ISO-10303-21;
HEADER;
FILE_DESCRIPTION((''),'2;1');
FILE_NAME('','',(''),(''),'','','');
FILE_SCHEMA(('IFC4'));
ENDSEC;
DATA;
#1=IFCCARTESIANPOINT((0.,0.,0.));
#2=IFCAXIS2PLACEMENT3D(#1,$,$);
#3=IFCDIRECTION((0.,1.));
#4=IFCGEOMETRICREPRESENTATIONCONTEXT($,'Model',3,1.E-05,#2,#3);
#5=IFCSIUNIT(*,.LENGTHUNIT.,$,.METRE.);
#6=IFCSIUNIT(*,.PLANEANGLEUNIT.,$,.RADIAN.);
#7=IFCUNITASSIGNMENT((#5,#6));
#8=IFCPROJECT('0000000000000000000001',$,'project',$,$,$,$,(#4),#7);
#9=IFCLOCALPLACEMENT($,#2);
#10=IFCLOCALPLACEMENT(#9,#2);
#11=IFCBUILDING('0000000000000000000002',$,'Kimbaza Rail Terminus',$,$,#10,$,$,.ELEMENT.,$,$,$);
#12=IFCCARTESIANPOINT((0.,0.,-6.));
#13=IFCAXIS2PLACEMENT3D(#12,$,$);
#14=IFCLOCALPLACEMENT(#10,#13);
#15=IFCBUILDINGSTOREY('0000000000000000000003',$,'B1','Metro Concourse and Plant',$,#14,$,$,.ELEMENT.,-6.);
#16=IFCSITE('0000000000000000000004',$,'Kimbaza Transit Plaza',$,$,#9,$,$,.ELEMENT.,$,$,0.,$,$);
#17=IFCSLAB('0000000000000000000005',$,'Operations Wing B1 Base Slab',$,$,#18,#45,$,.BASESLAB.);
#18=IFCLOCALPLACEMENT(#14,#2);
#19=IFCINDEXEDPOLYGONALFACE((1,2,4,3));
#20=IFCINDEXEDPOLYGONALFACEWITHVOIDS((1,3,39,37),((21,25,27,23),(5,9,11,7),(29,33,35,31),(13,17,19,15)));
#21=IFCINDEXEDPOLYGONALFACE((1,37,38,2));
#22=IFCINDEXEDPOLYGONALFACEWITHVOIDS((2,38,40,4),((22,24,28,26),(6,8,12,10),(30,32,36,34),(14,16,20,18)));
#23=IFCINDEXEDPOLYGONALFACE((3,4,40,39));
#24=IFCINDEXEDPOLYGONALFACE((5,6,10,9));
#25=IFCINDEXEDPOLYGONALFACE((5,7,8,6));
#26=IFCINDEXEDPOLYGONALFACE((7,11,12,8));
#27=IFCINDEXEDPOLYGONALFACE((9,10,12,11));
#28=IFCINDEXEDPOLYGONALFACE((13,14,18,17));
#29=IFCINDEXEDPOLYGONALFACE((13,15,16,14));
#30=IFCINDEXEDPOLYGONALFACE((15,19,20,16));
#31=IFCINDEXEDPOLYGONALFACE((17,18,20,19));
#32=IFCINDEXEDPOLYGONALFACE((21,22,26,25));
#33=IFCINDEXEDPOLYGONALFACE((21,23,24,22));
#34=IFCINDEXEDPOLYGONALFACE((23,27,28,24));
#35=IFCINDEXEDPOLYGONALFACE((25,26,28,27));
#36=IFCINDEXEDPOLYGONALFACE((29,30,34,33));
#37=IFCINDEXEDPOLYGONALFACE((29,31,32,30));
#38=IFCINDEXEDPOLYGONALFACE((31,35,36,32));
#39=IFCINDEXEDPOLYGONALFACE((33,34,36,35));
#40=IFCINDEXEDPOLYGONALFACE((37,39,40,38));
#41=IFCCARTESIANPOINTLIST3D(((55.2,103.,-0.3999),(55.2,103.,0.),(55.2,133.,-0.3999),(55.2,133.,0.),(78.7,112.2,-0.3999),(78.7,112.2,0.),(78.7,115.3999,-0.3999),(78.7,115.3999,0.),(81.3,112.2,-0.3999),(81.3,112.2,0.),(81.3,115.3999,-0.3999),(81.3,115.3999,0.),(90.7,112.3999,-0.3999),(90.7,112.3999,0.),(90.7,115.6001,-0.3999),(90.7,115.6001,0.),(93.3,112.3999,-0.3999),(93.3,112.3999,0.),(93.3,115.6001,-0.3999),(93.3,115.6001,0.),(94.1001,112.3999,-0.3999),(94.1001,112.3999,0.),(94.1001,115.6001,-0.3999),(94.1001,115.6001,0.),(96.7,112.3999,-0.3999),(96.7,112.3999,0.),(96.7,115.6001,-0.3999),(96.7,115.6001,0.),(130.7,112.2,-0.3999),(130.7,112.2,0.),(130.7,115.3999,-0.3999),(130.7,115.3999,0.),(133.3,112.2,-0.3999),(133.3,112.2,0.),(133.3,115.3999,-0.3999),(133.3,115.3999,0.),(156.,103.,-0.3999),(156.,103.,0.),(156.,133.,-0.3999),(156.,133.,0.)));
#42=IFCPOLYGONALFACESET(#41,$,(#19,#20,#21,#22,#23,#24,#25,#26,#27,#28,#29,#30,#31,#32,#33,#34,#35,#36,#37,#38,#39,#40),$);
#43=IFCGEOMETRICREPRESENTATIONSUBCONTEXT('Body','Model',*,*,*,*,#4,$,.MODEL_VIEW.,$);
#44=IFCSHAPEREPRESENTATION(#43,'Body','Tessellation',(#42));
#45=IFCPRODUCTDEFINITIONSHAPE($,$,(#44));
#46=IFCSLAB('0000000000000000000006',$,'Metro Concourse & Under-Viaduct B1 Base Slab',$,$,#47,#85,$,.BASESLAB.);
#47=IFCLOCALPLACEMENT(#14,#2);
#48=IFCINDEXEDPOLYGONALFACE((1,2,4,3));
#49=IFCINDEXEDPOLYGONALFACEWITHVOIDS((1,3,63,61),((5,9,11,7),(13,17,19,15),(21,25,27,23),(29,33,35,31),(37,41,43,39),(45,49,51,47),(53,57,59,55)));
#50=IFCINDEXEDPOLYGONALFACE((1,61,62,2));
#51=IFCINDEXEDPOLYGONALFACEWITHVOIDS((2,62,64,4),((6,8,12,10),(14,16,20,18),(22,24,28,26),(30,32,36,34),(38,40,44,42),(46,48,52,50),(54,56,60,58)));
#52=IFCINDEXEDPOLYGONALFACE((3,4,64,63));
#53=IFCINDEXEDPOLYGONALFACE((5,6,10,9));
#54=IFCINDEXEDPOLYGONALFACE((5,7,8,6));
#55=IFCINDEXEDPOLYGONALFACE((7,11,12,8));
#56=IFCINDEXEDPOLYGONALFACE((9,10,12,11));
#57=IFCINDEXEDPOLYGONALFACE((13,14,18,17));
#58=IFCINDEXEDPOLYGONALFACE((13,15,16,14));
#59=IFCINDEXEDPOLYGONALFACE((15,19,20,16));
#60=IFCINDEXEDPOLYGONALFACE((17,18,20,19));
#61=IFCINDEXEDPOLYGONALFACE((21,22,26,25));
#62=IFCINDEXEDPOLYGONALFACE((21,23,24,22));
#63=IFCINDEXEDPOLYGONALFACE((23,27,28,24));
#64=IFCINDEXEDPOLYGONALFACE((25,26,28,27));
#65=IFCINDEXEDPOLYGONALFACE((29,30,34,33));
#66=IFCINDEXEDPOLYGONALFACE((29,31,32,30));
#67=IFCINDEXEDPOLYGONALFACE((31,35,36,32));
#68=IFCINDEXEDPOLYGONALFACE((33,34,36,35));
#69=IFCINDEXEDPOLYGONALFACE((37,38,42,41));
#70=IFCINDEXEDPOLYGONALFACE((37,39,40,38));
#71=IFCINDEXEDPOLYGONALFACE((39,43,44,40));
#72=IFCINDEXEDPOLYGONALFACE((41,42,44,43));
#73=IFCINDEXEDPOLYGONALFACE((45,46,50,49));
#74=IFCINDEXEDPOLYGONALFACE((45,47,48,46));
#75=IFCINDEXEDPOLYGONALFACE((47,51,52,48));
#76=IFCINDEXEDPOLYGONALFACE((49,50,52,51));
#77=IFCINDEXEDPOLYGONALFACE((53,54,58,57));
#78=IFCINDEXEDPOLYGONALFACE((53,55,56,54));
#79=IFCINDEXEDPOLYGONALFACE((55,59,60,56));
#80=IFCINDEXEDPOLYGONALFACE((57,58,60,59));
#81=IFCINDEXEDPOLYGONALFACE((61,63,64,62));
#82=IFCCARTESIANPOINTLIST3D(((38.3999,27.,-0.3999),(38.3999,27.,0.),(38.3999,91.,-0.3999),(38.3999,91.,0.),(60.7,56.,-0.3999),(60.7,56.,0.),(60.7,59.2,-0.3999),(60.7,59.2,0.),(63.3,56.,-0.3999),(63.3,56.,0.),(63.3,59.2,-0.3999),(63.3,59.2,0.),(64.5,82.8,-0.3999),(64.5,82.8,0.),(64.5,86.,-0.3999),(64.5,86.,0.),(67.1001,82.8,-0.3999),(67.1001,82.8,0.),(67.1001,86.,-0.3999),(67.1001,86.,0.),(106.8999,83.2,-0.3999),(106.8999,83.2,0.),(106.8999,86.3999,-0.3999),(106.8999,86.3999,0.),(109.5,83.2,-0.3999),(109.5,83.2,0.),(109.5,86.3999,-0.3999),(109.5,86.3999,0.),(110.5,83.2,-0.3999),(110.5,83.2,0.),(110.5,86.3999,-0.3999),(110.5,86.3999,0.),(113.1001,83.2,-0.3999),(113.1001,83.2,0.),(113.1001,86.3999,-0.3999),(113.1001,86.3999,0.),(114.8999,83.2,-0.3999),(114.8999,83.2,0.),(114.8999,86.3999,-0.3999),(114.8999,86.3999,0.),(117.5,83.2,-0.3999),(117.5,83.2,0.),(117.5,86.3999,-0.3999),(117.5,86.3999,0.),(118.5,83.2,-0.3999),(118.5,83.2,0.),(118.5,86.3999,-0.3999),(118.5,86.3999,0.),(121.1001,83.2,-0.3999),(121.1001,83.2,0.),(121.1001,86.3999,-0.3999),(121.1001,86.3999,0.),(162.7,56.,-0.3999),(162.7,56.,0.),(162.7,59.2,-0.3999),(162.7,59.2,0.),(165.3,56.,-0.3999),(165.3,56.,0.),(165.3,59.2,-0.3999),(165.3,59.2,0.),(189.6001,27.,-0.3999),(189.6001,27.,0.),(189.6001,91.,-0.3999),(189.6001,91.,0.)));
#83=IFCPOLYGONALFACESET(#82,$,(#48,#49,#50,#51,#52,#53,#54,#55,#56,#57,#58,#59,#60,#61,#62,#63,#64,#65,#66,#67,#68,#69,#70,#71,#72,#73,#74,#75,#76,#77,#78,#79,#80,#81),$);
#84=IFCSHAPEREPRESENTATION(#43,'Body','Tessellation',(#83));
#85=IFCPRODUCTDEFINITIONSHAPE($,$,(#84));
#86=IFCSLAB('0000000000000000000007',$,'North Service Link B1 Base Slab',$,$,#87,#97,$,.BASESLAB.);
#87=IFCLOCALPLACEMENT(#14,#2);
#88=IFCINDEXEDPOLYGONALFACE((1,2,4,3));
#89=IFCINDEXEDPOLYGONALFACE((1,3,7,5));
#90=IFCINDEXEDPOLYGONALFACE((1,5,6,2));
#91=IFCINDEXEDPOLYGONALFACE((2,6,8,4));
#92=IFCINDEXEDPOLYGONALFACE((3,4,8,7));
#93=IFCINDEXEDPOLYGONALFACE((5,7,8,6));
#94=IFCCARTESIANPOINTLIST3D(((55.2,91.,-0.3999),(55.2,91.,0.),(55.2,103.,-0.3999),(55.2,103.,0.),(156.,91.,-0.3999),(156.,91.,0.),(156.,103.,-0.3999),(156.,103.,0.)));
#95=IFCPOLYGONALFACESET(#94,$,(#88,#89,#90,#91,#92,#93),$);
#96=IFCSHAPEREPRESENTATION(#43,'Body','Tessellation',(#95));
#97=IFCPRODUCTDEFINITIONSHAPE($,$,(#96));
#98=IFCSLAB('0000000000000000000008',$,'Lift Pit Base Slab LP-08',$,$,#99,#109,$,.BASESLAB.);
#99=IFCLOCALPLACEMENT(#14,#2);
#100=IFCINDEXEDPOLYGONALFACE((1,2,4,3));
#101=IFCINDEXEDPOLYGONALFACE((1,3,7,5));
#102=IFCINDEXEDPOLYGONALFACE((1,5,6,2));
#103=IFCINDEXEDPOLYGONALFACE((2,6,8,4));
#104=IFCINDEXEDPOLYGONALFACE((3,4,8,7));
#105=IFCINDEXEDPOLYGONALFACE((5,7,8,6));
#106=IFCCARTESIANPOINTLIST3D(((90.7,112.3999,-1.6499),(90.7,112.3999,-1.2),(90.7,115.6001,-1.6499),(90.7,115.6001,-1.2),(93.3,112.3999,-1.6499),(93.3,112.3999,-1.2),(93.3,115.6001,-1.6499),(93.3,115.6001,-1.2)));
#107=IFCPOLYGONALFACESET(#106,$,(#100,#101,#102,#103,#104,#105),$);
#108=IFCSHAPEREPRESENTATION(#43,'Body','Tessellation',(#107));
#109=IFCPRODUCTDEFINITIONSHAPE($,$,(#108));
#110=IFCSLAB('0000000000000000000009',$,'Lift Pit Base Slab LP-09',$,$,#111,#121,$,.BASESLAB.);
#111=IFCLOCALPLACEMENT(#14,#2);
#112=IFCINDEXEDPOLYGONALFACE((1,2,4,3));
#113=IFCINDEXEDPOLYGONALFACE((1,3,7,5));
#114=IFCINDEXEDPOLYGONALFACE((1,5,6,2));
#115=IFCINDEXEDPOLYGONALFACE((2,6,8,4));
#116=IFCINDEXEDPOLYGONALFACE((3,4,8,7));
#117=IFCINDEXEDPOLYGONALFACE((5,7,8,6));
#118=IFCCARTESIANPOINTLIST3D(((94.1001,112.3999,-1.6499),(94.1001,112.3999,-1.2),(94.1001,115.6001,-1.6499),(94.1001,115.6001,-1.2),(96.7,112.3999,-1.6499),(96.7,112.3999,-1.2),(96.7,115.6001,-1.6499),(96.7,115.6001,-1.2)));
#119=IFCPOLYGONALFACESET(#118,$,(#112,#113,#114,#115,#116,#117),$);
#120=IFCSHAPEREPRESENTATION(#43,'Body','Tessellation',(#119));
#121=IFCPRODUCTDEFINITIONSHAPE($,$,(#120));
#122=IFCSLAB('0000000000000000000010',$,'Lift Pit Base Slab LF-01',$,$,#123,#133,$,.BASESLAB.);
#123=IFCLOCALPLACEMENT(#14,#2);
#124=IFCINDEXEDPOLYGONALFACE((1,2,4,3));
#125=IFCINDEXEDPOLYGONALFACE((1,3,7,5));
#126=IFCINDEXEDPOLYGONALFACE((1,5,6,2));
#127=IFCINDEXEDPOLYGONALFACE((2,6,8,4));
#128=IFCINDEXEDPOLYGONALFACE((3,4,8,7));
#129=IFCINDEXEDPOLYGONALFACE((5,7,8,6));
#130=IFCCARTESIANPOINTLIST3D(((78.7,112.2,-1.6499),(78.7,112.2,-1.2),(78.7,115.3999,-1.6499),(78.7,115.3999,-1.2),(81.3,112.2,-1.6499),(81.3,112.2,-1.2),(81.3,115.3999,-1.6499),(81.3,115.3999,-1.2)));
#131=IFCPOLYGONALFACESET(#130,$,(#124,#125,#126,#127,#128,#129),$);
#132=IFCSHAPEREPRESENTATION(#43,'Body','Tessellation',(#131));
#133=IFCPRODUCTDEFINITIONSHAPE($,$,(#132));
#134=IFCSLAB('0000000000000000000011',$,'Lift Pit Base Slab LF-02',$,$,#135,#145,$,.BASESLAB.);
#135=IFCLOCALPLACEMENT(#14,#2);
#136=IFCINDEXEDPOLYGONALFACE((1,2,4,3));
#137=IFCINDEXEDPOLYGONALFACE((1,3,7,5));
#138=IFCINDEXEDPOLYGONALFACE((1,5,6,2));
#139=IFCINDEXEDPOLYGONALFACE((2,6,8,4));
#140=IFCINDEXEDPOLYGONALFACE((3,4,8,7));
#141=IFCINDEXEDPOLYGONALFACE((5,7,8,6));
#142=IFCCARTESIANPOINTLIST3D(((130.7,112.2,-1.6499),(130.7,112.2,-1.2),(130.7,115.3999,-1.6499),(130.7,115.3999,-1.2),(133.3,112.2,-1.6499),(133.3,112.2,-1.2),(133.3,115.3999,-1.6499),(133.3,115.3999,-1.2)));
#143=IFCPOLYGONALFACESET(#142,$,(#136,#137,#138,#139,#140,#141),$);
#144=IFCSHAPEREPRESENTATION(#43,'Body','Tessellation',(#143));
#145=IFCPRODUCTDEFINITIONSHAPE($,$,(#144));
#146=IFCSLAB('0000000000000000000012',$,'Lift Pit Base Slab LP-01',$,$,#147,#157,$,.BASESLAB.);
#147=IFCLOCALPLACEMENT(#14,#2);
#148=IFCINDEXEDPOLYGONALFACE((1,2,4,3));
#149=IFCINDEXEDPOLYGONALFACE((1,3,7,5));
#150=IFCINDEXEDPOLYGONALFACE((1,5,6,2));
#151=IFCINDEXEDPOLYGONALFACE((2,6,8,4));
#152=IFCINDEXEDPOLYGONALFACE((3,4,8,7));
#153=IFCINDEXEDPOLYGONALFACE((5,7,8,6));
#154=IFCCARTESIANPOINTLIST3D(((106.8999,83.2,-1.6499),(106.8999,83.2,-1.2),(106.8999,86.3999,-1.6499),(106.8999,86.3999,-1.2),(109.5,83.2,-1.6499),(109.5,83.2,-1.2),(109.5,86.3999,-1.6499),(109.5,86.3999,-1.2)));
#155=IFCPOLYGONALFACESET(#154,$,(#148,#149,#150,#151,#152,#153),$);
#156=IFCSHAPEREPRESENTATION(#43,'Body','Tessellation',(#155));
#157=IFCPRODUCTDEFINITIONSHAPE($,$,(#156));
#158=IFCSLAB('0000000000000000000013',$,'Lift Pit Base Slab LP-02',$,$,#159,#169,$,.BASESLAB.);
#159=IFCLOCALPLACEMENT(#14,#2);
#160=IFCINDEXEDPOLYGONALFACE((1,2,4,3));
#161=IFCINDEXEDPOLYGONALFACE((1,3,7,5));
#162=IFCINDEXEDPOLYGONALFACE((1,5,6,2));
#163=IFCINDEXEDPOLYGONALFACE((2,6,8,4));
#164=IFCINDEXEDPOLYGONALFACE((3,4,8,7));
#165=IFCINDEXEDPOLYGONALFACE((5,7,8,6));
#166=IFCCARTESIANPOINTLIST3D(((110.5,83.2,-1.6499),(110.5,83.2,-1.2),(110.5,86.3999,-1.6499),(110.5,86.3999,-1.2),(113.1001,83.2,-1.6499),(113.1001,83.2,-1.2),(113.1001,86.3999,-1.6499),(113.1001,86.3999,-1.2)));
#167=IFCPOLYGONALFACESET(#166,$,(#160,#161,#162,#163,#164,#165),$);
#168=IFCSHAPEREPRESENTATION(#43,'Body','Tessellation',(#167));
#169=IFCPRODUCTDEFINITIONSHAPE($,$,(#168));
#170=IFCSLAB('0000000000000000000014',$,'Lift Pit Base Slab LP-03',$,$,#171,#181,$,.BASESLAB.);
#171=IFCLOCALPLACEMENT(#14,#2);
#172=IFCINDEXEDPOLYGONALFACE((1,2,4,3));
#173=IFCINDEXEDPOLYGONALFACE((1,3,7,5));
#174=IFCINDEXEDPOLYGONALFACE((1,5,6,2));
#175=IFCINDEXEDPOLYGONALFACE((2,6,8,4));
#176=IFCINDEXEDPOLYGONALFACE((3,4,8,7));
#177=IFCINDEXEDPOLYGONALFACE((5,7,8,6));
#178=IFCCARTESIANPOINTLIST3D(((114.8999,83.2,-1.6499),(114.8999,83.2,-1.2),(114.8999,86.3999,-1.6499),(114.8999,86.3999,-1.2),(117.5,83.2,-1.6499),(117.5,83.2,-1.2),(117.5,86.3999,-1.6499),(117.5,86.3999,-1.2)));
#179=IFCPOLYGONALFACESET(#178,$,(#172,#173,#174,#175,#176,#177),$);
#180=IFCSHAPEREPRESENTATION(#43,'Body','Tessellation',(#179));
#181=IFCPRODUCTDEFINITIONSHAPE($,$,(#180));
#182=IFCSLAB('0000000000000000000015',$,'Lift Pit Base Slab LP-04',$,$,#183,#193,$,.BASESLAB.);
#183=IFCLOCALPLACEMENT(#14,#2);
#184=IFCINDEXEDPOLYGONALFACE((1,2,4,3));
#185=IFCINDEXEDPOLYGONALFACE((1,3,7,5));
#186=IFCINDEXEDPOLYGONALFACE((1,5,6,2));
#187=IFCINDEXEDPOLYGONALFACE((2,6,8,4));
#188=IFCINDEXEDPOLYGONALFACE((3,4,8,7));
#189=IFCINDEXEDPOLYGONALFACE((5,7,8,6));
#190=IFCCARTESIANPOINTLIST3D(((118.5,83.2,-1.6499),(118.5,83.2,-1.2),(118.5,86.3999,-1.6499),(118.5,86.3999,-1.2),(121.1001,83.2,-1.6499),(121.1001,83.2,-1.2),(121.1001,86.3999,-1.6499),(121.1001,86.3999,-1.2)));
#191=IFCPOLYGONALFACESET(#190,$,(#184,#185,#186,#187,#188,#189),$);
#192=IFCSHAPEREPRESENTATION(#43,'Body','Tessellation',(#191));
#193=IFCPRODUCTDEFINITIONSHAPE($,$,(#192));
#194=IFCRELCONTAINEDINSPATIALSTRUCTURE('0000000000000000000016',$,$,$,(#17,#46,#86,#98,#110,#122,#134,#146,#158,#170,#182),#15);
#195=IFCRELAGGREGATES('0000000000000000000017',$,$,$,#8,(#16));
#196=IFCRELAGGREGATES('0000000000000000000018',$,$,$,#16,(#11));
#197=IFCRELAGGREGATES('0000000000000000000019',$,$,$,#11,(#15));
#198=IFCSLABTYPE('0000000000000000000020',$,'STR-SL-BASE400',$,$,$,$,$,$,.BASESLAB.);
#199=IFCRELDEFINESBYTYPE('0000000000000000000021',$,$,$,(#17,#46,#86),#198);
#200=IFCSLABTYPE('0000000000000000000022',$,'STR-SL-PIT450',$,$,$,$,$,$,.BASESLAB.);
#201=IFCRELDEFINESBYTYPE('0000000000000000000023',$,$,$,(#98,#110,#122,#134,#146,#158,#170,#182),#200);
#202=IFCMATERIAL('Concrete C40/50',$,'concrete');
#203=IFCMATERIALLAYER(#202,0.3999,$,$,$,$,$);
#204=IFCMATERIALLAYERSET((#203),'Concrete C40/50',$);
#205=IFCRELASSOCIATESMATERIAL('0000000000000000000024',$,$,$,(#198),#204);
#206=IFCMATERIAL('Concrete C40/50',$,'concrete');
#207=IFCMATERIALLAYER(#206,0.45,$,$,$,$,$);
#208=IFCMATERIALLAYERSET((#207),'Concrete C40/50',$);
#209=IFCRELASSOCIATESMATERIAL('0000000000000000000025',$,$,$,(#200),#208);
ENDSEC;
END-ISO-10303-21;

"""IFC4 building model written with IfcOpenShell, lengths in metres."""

from ifc_helpers import new_model, si_unit, direction, frame, origin, place, context, subcontext, project, spatial, polyline, outline, extrude, material, layer, layer_set, type_object, element, save


model = new_model("IFC4")

# Units and contexts
model_context = context("Model", 3, precision=1e-05, world=origin(), true_north=direction((0.0, 1.0)))
body_context = subcontext(model_context, "Body", "Model", "MODEL_VIEW")
ifc_project = project(units=[si_unit("LENGTHUNIT", "METRE"), si_unit("PLANEANGLEUNIT", "RADIAN")], contexts=[model_context])

# Site, building, storey
site_placement = place(None, origin())
site = spatial("IfcSite", under=ifc_project, at=site_placement, Name="Kimbaza Transit Plaza", CompositionType="ELEMENT", RefElevation=0.0)
building_placement = place(site_placement, origin())
building = spatial("IfcBuilding", under=site, at=building_placement, Name="Kimbaza Rail Terminus", CompositionType="ELEMENT")
storey_placement = place(building_placement, frame((0.0, 0.0, -6.0)))
storey = spatial("IfcBuildingStorey", under=building, at=storey_placement, Name="B1", Description="Metro Concourse and Plant", CompositionType="ELEMENT", Elevation=-6.0)

# Slabs
ifc_material_1 = material(Name="Concrete C40/50", Category="concrete")
ifc_layer_1 = layer(ifc_material_1, 0.3999)
ifc_layer_set_1 = layer_set([ifc_layer_1], Name="Concrete C40/50")
slab_type_1 = type_object("IfcSlabType", Name="STR-SL-BASE400", PredefinedType="BASESLAB", material=ifc_layer_set_1)
slab_1_placement = place(storey_placement, frame((0.0, 0.0, -0.3999)))
element("IfcSlab", 1, at=slab_1_placement, inside=storey, type_object=slab_type_1, Name="Operations Wing B1 Base Slab", PredefinedType="BASESLAB", context=body_context, shape_type="SweptSolid", body=[
    extrude(outline(polyline([(55.2, 103.0), (156.0, 103.0), (156.0, 133.0), (55.2, 133.0), (55.2, 103.0)]), holes=[polyline([(90.7, 112.3999), (93.3, 112.3999), (93.3, 115.6001), (90.7, 115.6001), (90.7, 112.3999)]), polyline([(94.1001, 112.3999), (96.7, 112.3999), (96.7, 115.6001), (94.1001, 115.6001), (94.1001, 112.3999)]), polyline([(78.7, 112.2), (81.3, 112.2), (81.3, 115.3999), (78.7, 115.3999), (78.7, 112.2)]), polyline([(130.7, 112.2), (133.3, 112.2), (133.3, 115.3999), (130.7, 115.3999), (130.7, 112.2)])]), origin(), (0.0, 0.0, 1.0), 0.3999),
])
slab_2_placement = place(storey_placement, frame((0.0, 0.0, -0.3999)))
element("IfcSlab", 2, at=slab_2_placement, inside=storey, type_object=slab_type_1, Name="Metro Concourse & Under-Viaduct B1 Base Slab", PredefinedType="BASESLAB", context=body_context, shape_type="SweptSolid", body=[
    extrude(outline(polyline([(38.3999, 27.0), (189.6001, 27.0), (189.6001, 91.0), (38.3999, 91.0), (38.3999, 27.0)]), holes=[polyline([(106.8999, 83.2), (109.5, 83.2), (109.5, 86.3999), (106.8999, 86.3999), (106.8999, 83.2)]), polyline([(110.5, 83.2), (113.1001, 83.2), (113.1001, 86.3999), (110.5, 86.3999), (110.5, 83.2)]), polyline([(114.8999, 83.2), (117.5, 83.2), (117.5, 86.3999), (114.8999, 86.3999), (114.8999, 83.2)]), polyline([(118.5, 83.2), (121.1001, 83.2), (121.1001, 86.3999), (118.5, 86.3999), (118.5, 83.2)]), polyline([(60.7, 56.0), (63.3, 56.0), (63.3, 59.2), (60.7, 59.2), (60.7, 56.0)]), polyline([(162.7, 56.0), (165.3, 56.0), (165.3, 59.2), (162.7, 59.2), (162.7, 56.0)]), polyline([(64.5, 82.8), (67.1001, 82.8), (67.1001, 86.0), (64.5, 86.0), (64.5, 82.8)])]), origin(), (0.0, 0.0, 1.0), 0.3999),
])
slab_3_placement = place(storey_placement, frame((0.0, 0.0, -0.3999)))
element("IfcSlab", 3, at=slab_3_placement, inside=storey, type_object=slab_type_1, Name="North Service Link B1 Base Slab", PredefinedType="BASESLAB", context=body_context, shape_type="SweptSolid", body=[
    extrude(outline(polyline([(55.2, 91.0), (156.0, 91.0), (156.0, 103.0), (55.2, 103.0), (55.2, 91.0)])), origin(), (0.0, 0.0, 1.0), 0.3999),
])
ifc_material_2 = material(Name="Concrete C40/50", Category="concrete")
ifc_layer_2 = layer(ifc_material_2, 0.45)
ifc_layer_set_2 = layer_set([ifc_layer_2], Name="Concrete C40/50")
slab_type_2 = type_object("IfcSlabType", Name="STR-SL-PIT450", PredefinedType="BASESLAB", material=ifc_layer_set_2)
slab_4_placement = place(storey_placement, frame((0.0, 0.0, -1.6499)))
element("IfcSlab", 4, at=slab_4_placement, inside=storey, type_object=slab_type_2, Name="Lift Pit Base Slab LP-08", PredefinedType="BASESLAB", context=body_context, shape_type="SweptSolid", body=[
    extrude(outline(polyline([(90.7, 112.3999), (93.3, 112.3999), (93.3, 115.6001), (90.7, 115.6001), (90.7, 112.3999)])), origin(), (0.0, 0.0, 1.0), 0.45),
])
slab_5_placement = place(storey_placement, frame((0.0, 0.0, -1.6499)))
element("IfcSlab", 5, at=slab_5_placement, inside=storey, type_object=slab_type_2, Name="Lift Pit Base Slab LP-09", PredefinedType="BASESLAB", context=body_context, shape_type="SweptSolid", body=[
    extrude(outline(polyline([(94.1001, 112.3999), (96.7, 112.3999), (96.7, 115.6001), (94.1001, 115.6001), (94.1001, 112.3999)])), origin(), (0.0, 0.0, 1.0), 0.45),
])
slab_6_placement = place(storey_placement, frame((0.0, 0.0, -1.6499)))
element("IfcSlab", 6, at=slab_6_placement, inside=storey, type_object=slab_type_2, Name="Lift Pit Base Slab LF-01", PredefinedType="BASESLAB", context=body_context, shape_type="SweptSolid", body=[
    extrude(outline(polyline([(78.7, 112.2), (81.3, 112.2), (81.3, 115.3999), (78.7, 115.3999), (78.7, 112.2)])), origin(), (0.0, 0.0, 1.0), 0.45),
])
slab_7_placement = place(storey_placement, frame((0.0, 0.0, -1.6499)))
element("IfcSlab", 7, at=slab_7_placement, inside=storey, type_object=slab_type_2, Name="Lift Pit Base Slab LF-02", PredefinedType="BASESLAB", context=body_context, shape_type="SweptSolid", body=[
    extrude(outline(polyline([(130.7, 112.2), (133.3, 112.2), (133.3, 115.3999), (130.7, 115.3999), (130.7, 112.2)])), origin(), (0.0, 0.0, 1.0), 0.45),
])
slab_8_placement = place(storey_placement, frame((0.0, 0.0, -1.6499)))
element("IfcSlab", 8, at=slab_8_placement, inside=storey, type_object=slab_type_2, Name="Lift Pit Base Slab LP-01", PredefinedType="BASESLAB", context=body_context, shape_type="SweptSolid", body=[
    extrude(outline(polyline([(106.8999, 83.2), (109.5, 83.2), (109.5, 86.3999), (106.8999, 86.3999), (106.8999, 83.2)])), origin(), (0.0, 0.0, 1.0), 0.45),
])
slab_9_placement = place(storey_placement, frame((0.0, 0.0, -1.6499)))
element("IfcSlab", 9, at=slab_9_placement, inside=storey, type_object=slab_type_2, Name="Lift Pit Base Slab LP-02", PredefinedType="BASESLAB", context=body_context, shape_type="SweptSolid", body=[
    extrude(outline(polyline([(110.5, 83.2), (113.1001, 83.2), (113.1001, 86.3999), (110.5, 86.3999), (110.5, 83.2)])), origin(), (0.0, 0.0, 1.0), 0.45),
])
slab_10_placement = place(storey_placement, frame((0.0, 0.0, -1.6499)))
element("IfcSlab", 10, at=slab_10_placement, inside=storey, type_object=slab_type_2, Name="Lift Pit Base Slab LP-03", PredefinedType="BASESLAB", context=body_context, shape_type="SweptSolid", body=[
    extrude(outline(polyline([(114.8999, 83.2), (117.5, 83.2), (117.5, 86.3999), (114.8999, 86.3999), (114.8999, 83.2)])), origin(), (0.0, 0.0, 1.0), 0.45),
])
slab_11_placement = place(storey_placement, frame((0.0, 0.0, -1.6499)))
element("IfcSlab", 11, at=slab_11_placement, inside=storey, type_object=slab_type_2, Name="Lift Pit Base Slab LP-04", PredefinedType="BASESLAB", context=body_context, shape_type="SweptSolid", body=[
    extrude(outline(polyline([(118.5, 83.2), (121.1001, 83.2), (121.1001, 86.3999), (118.5, 86.3999), (118.5, 83.2)])), origin(), (0.0, 0.0, 1.0), 0.45),
])

save(model, "model.ifc")
